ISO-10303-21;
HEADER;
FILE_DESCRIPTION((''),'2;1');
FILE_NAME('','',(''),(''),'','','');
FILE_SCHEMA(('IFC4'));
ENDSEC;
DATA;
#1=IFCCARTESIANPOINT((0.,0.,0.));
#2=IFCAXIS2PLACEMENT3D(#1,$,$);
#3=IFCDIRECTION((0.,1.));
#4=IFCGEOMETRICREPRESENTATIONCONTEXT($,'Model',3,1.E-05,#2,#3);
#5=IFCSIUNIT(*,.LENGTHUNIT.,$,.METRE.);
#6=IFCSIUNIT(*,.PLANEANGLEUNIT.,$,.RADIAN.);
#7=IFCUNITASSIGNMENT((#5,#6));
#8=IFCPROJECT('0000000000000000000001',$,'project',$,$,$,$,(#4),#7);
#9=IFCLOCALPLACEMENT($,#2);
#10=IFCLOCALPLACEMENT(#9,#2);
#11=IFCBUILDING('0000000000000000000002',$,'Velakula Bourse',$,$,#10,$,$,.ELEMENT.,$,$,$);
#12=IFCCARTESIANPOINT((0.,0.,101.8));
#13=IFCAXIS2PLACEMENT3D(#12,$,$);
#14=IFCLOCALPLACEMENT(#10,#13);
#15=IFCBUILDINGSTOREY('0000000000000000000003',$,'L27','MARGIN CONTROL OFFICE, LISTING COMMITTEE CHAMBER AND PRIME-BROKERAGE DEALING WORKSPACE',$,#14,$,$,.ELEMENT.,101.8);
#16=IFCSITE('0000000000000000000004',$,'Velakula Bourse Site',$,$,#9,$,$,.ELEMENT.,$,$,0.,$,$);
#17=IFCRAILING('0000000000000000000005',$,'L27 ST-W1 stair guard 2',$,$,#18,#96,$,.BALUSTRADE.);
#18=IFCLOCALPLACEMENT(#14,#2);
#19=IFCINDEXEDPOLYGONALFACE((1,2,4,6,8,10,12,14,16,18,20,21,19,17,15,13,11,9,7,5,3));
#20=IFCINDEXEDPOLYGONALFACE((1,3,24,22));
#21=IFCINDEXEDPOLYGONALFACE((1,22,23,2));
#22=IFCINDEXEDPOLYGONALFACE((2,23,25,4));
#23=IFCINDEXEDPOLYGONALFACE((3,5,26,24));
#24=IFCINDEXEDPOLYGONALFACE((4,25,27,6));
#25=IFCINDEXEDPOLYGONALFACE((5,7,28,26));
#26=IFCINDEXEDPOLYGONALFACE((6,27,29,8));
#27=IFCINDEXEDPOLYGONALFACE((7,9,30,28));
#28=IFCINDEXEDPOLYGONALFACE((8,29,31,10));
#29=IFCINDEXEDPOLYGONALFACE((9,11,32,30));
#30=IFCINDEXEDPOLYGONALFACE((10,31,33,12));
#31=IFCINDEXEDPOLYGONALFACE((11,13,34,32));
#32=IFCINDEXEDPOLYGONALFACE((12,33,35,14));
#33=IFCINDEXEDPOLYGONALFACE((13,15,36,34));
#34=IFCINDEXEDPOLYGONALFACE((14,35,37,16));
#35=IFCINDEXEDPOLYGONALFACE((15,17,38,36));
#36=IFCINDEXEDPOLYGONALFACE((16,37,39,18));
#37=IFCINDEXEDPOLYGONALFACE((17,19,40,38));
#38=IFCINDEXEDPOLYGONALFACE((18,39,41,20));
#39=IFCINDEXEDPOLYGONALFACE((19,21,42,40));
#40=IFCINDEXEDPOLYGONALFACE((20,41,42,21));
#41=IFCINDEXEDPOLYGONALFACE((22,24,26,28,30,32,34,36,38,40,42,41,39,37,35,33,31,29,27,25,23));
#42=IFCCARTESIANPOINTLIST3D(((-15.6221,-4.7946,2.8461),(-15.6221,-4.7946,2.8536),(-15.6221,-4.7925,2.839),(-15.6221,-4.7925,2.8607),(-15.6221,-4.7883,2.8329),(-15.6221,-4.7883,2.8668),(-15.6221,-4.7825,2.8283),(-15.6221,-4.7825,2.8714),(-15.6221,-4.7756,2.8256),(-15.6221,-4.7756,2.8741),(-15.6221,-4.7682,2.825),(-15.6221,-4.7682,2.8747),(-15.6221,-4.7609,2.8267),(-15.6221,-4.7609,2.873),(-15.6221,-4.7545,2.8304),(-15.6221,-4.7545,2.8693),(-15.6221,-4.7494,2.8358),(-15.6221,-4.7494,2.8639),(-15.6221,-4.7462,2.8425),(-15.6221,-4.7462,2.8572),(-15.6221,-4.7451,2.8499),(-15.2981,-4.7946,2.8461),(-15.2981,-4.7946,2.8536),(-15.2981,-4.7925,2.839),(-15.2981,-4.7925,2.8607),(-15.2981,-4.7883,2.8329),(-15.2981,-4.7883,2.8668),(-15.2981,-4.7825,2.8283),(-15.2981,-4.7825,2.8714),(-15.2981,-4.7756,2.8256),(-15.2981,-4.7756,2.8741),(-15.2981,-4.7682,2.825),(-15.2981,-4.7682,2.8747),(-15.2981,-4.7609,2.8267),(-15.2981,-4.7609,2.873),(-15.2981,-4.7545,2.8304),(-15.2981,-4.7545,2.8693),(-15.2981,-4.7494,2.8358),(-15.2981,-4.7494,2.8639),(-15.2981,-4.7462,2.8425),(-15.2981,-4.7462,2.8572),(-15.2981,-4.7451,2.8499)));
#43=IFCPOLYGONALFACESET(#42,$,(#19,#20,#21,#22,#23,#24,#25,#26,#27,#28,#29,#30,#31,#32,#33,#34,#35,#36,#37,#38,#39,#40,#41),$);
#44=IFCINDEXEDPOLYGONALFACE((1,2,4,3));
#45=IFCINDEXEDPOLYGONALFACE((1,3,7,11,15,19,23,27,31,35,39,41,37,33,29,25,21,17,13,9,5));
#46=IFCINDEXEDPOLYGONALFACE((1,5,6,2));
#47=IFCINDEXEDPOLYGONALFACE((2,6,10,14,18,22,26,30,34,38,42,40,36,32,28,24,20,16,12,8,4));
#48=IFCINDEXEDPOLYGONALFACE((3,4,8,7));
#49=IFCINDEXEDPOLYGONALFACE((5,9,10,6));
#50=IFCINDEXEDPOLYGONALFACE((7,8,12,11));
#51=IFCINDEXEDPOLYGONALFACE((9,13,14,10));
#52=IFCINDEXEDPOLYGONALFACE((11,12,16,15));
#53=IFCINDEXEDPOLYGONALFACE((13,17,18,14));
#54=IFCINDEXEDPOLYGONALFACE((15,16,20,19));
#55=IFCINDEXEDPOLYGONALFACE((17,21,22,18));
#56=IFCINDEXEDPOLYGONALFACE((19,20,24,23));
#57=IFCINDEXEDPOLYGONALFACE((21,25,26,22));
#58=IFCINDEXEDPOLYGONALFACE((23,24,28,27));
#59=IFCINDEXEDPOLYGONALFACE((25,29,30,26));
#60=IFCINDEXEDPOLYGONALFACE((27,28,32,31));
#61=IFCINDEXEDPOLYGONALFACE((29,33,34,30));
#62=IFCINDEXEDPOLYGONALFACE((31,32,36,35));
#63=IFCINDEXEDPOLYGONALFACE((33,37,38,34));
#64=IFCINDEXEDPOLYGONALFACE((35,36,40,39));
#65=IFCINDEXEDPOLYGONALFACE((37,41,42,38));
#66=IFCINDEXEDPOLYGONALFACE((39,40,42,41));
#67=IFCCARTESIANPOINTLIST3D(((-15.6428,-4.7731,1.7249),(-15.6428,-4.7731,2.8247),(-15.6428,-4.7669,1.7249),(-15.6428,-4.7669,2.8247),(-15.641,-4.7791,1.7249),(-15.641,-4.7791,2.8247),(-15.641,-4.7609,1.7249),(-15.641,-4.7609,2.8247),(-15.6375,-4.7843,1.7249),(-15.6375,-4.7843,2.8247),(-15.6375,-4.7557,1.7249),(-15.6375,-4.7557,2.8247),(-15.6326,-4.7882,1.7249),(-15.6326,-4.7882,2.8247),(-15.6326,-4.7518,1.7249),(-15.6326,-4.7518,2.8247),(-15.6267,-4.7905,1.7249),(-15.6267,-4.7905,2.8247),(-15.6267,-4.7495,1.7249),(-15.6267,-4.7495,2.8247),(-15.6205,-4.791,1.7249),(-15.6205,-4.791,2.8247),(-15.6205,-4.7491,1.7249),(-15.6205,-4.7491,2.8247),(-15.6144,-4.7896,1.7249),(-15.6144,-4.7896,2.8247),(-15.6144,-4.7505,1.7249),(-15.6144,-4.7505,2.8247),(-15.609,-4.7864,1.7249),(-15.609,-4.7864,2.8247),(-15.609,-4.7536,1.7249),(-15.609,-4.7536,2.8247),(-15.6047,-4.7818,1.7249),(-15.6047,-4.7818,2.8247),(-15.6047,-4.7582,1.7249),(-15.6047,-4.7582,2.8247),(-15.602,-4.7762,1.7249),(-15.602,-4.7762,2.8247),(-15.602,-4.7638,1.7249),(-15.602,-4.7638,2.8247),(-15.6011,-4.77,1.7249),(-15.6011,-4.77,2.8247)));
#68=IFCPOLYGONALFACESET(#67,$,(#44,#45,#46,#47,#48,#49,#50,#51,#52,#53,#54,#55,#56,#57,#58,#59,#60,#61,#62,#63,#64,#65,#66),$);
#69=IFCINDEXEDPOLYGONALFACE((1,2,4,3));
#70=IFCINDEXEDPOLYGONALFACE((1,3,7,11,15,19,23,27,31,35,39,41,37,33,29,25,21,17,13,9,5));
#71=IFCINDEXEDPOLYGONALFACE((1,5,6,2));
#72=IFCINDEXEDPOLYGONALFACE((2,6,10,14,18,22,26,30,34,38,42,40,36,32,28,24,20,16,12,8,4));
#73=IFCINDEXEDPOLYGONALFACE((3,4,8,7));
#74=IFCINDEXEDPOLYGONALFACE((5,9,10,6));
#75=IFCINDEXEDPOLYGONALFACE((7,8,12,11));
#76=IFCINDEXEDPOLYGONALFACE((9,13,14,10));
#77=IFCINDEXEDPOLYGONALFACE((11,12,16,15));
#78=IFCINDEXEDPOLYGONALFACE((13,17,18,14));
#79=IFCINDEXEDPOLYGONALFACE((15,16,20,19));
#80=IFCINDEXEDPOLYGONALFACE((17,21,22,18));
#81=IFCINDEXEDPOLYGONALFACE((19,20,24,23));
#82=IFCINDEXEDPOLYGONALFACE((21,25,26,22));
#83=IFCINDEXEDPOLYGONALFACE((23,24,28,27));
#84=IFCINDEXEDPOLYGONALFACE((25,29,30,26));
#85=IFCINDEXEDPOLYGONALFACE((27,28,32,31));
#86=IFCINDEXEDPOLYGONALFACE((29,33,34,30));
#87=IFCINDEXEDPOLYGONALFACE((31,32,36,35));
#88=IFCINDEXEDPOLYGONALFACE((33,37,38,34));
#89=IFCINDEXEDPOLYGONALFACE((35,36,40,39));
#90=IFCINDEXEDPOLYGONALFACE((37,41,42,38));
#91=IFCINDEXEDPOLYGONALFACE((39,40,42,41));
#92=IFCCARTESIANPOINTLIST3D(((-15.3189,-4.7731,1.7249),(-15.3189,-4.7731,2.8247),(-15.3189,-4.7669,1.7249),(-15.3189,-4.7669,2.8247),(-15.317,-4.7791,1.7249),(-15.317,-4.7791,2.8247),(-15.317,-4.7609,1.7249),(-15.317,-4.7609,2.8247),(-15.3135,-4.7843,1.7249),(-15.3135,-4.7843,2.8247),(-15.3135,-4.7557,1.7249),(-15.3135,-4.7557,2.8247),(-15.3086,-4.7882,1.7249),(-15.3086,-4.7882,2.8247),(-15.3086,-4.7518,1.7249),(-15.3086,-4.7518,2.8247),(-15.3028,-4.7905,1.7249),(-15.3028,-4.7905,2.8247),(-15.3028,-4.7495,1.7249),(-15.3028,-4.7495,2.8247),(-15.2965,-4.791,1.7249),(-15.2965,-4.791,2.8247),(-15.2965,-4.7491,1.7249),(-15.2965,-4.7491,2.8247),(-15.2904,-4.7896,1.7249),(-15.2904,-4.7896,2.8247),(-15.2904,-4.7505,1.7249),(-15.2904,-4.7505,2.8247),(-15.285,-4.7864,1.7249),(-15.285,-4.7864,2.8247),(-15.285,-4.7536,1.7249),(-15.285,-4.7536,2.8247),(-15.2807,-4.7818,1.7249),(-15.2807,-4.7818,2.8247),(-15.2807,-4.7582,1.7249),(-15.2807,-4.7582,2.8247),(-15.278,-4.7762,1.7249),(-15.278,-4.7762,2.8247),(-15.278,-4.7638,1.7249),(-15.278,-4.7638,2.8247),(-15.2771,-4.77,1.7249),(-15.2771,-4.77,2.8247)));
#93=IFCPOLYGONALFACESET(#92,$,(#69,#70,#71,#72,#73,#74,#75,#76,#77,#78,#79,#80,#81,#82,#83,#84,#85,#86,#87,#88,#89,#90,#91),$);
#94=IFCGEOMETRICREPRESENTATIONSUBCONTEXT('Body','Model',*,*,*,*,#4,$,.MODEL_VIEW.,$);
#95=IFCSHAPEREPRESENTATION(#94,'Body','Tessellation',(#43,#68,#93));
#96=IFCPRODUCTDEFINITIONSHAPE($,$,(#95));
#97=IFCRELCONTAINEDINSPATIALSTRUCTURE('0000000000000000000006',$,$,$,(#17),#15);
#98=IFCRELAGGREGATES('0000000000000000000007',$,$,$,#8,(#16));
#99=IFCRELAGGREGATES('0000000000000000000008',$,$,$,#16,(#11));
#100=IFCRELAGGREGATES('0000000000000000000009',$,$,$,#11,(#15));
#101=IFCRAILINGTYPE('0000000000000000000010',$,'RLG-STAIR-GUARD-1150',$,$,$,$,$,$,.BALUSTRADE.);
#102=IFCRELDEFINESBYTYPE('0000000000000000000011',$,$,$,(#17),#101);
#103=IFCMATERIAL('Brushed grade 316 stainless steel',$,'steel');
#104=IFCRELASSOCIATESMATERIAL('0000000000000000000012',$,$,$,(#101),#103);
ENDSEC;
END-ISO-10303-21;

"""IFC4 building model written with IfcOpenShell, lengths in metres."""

from ifc_helpers import new_model, si_unit, direction, frame, origin, origin_2d, place, context, subcontext, project, spatial, circle, extrude, material, type_object, element, save


model = new_model("IFC4")

# Units and contexts
model_context = context("Model", 3, precision=1e-05, world=origin(), true_north=direction((0.0, 1.0)))
body_context = subcontext(model_context, "Body", "Model", "MODEL_VIEW")
ifc_project = project(units=[si_unit("LENGTHUNIT", "METRE"), si_unit("PLANEANGLEUNIT", "RADIAN")], contexts=[model_context])

# Site, building, storey
site_placement = place(None, origin())
site = spatial("IfcSite", under=ifc_project, at=site_placement, Name="Velakula Bourse Site", CompositionType="ELEMENT", RefElevation=0.0)
building_placement = place(site_placement, origin())
building = spatial("IfcBuilding", under=site, at=building_placement, Name="Velakula Bourse", CompositionType="ELEMENT")
storey_placement = place(building_placement, frame((0.0, 0.0, 101.8)))
storey = spatial("IfcBuildingStorey", under=building, at=storey_placement, Name="L27", Description="MARGIN CONTROL OFFICE, LISTING COMMITTEE CHAMBER AND PRIME-BROKERAGE DEALING WORKSPACE", CompositionType="ELEMENT", Elevation=101.8)

# Shared definitions
ifc_material_1 = material(Name="Brushed grade 316 stainless steel", Category="steel")

# Railing
railing_type_1 = type_object("IfcRailingType", Name="RLG-STAIR-GUARD-1150", PredefinedType="BALUSTRADE", material=ifc_material_1)
railing_1_placement = place(storey_placement, frame((-15.6221, -4.77, 1.7249)))
element("IfcRailing", 1, at=railing_1_placement, inside=storey, type_object=railing_type_1, Name="L27 ST-W1 stair guard 2", PredefinedType="BALUSTRADE", context=body_context, shape_type="SweptSolid", body=[
    extrude(circle(Radius=0.0249, at=origin_2d()), frame((0.0, 0.0, 1.125), z_axis=(1.0, 0.0, 0.0), x_axis=(0.0, 1.0, 0.0)), (0.0, 0.0, 1.0), 0.324),
    extrude(circle(Radius=0.021, at=origin_2d()), origin(), (0.0, 0.0, 1.0), 1.0999),
    extrude(circle(Radius=0.021, at=origin_2d()), frame((0.324, 0.0, 0.0)), (0.0, 0.0, 1.0), 1.0999),
])

save(model, "model.ifc")
